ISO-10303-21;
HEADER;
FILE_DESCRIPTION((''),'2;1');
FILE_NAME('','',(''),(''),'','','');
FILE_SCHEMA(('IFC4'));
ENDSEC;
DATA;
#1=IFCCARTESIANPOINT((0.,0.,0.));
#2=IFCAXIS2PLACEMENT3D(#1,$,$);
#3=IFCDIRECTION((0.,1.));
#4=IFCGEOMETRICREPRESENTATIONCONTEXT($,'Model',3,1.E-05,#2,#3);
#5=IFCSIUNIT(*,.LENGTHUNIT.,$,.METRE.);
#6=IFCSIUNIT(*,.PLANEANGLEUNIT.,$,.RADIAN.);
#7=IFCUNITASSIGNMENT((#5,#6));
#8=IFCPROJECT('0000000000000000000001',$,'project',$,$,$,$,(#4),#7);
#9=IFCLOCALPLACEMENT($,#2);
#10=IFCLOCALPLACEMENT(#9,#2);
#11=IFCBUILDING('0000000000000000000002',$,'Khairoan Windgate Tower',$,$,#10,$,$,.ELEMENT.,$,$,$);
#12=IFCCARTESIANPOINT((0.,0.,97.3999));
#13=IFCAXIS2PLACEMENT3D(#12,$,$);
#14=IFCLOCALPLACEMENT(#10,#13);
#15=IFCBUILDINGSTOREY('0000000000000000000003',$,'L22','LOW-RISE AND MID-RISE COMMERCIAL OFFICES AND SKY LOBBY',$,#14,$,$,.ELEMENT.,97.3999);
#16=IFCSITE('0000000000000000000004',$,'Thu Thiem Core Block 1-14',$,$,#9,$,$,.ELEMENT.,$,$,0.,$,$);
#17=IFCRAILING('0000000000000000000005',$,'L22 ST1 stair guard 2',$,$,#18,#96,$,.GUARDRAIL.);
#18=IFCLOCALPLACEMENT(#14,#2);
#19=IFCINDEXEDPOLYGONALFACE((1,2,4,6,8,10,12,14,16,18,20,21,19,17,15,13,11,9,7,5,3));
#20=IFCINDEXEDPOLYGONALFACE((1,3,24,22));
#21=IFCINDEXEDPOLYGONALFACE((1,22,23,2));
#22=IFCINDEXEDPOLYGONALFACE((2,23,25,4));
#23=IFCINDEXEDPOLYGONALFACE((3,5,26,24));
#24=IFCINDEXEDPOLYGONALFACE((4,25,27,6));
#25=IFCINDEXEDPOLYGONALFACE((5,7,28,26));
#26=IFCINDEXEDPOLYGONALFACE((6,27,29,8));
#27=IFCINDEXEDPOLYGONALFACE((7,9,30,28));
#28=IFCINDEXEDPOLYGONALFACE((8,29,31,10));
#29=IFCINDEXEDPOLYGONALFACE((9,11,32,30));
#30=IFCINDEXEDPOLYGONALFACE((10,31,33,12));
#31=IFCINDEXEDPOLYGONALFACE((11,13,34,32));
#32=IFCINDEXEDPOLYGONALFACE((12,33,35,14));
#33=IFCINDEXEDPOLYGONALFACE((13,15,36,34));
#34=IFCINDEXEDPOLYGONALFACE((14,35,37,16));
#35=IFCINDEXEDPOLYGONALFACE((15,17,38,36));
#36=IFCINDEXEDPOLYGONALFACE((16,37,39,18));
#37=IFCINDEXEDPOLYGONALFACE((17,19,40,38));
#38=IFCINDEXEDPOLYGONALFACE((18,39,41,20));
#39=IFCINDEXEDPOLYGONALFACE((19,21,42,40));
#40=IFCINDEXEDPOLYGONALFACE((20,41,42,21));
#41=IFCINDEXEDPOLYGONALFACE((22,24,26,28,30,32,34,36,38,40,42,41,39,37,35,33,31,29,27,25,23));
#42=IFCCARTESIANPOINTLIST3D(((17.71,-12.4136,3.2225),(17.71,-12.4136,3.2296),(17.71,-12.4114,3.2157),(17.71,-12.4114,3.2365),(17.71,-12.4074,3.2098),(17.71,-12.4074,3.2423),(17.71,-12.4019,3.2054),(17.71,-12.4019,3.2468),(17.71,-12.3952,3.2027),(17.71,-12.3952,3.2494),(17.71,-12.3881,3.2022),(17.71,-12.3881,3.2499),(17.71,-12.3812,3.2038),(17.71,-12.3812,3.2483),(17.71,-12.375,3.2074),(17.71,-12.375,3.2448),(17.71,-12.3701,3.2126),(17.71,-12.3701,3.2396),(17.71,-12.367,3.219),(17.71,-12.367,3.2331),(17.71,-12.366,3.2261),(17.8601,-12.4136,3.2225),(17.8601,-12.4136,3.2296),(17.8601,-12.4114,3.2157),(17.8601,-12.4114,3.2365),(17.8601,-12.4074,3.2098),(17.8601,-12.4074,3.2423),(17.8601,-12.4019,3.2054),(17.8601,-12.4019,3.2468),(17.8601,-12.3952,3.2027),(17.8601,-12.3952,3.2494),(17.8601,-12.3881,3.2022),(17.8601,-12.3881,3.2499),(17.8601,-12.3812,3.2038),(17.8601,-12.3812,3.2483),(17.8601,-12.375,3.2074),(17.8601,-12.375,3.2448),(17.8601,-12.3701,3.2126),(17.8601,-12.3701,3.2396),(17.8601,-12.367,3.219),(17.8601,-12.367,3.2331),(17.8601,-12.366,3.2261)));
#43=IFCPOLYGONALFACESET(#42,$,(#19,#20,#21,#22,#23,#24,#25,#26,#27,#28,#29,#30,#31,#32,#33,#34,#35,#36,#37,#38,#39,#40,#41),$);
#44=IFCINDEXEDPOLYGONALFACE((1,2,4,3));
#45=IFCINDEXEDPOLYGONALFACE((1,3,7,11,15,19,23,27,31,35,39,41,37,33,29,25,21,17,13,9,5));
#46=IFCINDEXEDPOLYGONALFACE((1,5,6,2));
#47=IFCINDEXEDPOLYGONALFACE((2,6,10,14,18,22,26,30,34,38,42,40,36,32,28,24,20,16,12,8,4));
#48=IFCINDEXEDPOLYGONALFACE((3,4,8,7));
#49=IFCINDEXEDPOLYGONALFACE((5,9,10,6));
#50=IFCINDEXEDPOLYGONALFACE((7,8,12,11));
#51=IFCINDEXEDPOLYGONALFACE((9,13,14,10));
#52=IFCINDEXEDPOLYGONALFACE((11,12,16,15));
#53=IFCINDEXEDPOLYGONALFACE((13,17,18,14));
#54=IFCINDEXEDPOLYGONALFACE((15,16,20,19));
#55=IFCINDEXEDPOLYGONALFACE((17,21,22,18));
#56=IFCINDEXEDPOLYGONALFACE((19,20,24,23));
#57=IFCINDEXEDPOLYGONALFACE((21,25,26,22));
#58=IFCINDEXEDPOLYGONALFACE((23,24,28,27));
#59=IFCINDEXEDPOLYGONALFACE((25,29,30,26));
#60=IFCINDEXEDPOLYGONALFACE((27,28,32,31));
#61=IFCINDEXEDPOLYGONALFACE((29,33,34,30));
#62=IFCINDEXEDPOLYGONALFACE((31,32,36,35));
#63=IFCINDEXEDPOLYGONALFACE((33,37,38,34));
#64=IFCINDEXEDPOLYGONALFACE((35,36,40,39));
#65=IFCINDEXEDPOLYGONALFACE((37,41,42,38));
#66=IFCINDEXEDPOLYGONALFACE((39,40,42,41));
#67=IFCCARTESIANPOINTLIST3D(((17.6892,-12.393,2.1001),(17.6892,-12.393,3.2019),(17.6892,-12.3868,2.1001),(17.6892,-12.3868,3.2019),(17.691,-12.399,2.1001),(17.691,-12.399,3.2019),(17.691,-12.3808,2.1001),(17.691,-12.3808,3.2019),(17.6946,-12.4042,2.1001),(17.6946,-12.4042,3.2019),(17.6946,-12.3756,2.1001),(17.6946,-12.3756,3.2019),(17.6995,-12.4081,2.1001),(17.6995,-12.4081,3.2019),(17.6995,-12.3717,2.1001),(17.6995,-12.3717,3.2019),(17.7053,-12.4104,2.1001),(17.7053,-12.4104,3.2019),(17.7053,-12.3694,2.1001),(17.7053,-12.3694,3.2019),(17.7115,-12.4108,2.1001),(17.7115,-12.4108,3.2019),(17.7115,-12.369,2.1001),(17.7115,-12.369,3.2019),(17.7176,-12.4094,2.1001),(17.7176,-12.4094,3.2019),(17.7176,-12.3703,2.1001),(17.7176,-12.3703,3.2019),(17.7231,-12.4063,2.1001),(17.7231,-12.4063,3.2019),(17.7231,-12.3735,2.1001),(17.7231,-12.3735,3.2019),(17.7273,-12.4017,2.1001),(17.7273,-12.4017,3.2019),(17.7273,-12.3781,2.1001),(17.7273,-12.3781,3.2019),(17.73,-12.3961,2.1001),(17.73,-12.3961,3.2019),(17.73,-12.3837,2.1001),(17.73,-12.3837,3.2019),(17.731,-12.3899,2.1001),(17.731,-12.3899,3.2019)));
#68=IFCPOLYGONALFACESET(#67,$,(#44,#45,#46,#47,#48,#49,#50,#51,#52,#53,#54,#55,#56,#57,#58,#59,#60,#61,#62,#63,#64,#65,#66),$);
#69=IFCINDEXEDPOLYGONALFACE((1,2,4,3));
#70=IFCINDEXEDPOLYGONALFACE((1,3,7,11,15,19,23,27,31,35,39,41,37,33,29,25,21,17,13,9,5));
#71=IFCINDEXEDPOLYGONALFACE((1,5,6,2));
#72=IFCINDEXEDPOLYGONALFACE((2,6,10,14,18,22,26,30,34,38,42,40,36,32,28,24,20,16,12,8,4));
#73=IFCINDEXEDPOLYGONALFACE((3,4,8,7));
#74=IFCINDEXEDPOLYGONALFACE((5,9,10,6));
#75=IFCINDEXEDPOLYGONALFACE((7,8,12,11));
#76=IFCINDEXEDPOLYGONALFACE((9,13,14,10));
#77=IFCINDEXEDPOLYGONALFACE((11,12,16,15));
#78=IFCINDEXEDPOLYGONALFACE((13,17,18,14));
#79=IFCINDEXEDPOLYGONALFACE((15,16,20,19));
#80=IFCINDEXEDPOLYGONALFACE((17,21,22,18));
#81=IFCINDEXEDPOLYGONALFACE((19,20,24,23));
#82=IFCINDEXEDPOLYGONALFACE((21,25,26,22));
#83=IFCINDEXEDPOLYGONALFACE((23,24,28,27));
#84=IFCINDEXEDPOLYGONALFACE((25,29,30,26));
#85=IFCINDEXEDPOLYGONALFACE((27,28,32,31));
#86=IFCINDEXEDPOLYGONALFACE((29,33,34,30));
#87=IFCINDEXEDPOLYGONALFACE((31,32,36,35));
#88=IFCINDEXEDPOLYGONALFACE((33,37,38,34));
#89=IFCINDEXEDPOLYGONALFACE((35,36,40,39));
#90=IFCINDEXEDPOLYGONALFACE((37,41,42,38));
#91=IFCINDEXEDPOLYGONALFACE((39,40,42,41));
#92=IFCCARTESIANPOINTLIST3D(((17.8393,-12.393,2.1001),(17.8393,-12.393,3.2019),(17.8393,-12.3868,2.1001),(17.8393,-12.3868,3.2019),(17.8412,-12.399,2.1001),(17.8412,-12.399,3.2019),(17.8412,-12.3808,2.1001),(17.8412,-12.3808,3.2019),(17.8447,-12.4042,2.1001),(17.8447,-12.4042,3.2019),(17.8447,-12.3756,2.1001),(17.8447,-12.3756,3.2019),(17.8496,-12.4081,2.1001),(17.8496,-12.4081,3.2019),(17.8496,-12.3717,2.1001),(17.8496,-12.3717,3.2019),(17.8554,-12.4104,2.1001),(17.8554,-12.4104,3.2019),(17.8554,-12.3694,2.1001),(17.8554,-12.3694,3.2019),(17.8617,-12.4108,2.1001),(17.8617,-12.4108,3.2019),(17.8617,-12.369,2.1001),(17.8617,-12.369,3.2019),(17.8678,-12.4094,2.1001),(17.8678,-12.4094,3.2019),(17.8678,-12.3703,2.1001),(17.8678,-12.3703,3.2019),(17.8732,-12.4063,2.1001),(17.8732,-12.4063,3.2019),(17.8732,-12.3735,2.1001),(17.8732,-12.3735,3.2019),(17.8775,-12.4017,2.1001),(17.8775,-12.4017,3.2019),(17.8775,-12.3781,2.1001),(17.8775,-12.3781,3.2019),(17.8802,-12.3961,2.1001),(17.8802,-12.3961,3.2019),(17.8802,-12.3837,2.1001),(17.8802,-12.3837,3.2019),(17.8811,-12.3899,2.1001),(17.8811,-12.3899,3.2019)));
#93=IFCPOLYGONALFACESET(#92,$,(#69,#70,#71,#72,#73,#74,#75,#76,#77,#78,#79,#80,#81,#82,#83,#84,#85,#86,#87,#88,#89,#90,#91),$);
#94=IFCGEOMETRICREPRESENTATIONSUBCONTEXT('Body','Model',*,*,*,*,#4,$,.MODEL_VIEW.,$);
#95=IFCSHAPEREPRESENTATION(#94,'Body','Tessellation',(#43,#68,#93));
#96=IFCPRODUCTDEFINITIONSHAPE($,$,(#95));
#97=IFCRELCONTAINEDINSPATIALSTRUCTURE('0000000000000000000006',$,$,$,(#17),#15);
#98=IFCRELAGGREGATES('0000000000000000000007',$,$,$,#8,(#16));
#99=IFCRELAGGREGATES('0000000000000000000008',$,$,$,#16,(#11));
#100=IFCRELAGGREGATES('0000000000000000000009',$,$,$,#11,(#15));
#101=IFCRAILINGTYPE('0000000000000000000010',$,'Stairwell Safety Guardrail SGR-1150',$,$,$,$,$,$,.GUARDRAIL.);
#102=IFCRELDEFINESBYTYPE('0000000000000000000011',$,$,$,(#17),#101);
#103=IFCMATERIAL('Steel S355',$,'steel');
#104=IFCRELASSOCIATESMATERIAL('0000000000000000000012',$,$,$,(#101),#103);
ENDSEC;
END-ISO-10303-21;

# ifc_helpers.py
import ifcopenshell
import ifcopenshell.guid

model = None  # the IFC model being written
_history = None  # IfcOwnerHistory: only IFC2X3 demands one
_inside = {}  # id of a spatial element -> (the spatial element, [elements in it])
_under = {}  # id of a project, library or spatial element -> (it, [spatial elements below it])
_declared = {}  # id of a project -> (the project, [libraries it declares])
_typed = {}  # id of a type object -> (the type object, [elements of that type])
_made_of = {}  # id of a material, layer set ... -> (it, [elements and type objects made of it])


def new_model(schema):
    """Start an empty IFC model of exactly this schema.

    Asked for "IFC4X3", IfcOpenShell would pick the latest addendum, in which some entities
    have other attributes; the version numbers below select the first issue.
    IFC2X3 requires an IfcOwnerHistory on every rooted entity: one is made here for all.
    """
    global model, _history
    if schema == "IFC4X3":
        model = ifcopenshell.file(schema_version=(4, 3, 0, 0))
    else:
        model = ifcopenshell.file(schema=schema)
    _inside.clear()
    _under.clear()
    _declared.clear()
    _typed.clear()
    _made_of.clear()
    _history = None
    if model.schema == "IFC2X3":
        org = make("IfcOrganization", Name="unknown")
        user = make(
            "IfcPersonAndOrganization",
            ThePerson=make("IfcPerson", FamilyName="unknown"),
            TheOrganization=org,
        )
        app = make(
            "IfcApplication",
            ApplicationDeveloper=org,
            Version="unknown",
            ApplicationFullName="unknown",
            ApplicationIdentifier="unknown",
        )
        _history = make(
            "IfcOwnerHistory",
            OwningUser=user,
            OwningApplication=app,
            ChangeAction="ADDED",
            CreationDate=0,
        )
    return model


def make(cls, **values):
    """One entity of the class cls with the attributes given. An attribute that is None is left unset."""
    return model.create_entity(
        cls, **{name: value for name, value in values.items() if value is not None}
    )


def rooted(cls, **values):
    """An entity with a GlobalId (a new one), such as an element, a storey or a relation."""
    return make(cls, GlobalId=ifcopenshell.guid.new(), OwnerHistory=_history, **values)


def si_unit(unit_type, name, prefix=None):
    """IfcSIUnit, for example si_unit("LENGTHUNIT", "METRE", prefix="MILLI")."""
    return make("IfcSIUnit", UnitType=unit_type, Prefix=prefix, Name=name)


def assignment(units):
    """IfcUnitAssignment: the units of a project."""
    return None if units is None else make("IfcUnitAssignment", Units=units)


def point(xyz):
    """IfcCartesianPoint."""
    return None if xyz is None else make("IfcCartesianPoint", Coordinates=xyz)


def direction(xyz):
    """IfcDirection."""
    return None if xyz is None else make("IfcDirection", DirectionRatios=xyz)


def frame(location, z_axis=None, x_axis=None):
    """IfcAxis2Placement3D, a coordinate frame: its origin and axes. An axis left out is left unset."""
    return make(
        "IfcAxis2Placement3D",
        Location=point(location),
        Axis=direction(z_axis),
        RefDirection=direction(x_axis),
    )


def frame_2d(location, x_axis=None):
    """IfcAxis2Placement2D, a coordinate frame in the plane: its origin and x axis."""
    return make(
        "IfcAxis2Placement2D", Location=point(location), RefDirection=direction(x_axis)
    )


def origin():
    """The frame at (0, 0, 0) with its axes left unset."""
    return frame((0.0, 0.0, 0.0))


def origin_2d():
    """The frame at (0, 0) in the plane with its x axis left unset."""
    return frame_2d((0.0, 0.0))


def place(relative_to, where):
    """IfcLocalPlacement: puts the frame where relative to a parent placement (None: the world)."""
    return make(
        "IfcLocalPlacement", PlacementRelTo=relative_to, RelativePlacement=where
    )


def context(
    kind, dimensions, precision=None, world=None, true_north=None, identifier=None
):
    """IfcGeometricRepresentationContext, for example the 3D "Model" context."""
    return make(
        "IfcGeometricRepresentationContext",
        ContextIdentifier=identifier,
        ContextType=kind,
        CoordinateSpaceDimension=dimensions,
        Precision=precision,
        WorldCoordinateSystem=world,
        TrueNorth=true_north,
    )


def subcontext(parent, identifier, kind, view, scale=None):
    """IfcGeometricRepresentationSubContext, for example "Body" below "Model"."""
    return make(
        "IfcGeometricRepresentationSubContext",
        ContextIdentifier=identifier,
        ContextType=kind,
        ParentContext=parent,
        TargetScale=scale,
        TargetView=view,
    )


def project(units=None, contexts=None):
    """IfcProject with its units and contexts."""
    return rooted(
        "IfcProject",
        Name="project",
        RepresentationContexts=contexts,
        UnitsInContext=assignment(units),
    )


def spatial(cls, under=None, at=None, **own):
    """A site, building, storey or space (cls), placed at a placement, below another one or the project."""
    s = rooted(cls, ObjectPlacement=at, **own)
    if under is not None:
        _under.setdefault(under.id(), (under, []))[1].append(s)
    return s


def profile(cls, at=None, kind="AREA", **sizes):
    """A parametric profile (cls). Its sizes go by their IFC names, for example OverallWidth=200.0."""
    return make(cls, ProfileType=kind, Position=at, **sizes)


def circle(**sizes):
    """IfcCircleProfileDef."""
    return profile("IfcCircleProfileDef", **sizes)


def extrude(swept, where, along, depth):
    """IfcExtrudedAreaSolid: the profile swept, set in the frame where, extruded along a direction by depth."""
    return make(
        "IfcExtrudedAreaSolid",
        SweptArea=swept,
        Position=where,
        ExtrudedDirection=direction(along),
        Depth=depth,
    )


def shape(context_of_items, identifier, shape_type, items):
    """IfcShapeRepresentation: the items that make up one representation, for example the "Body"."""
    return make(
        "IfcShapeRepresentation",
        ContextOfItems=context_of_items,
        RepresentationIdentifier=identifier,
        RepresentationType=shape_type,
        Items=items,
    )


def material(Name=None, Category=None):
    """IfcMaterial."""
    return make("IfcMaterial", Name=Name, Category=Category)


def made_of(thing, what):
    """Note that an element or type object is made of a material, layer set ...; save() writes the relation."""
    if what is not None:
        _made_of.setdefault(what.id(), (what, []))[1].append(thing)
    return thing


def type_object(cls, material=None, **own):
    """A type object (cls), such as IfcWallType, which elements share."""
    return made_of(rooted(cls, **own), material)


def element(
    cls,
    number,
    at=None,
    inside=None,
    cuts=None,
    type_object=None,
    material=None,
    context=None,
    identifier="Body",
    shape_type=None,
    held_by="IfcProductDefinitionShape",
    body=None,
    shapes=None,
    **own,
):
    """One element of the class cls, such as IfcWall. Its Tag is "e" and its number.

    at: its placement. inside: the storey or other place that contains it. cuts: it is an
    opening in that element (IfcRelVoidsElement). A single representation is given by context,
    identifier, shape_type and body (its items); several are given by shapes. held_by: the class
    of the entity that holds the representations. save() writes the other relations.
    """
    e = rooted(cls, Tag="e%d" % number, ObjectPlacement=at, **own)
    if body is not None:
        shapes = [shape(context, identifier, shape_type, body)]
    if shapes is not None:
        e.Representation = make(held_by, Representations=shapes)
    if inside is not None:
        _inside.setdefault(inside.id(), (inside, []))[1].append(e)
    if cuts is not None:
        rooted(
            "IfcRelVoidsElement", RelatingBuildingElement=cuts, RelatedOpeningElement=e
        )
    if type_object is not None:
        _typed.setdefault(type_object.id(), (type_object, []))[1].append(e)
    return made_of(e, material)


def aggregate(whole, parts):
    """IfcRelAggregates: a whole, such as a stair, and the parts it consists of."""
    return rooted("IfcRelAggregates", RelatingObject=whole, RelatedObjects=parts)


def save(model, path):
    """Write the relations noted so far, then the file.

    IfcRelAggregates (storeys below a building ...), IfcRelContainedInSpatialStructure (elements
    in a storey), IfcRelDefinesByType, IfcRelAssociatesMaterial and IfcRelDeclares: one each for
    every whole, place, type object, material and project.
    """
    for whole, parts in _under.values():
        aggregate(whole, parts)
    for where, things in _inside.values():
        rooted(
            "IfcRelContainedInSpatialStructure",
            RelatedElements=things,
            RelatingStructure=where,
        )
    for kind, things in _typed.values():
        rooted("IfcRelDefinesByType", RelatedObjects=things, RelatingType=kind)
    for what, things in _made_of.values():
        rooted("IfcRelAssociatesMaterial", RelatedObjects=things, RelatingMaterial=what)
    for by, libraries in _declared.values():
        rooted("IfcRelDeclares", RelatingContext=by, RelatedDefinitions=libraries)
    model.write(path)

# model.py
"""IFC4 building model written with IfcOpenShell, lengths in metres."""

from ifc_helpers import new_model, si_unit, direction, frame, origin, origin_2d, place, context, subcontext, project, spatial, circle, extrude, material, type_object, element, save


model = new_model("IFC4")

# Units and contexts
model_context = context("Model", 3, precision=1e-05, world=origin(), true_north=direction((0.0, 1.0)))
body_context = subcontext(model_context, "Body", "Model", "MODEL_VIEW")
ifc_project = project(units=[si_unit("LENGTHUNIT", "METRE"), si_unit("PLANEANGLEUNIT", "RADIAN")], contexts=[model_context])

# Site, building, storey
site_placement = place(None, origin())
site = spatial("IfcSite", under=ifc_project, at=site_placement, Name="Thu Thiem Core Block 1-14", CompositionType="ELEMENT", RefElevation=0.0)
building_placement = place(site_placement, origin())
building = spatial("IfcBuilding", under=site, at=building_placement, Name="Khairoan Windgate Tower", CompositionType="ELEMENT")
storey_placement = place(building_placement, frame((0.0, 0.0, 97.3999)))
storey = spatial("IfcBuildingStorey", under=building, at=storey_placement, Name="L22", Description="LOW-RISE AND MID-RISE COMMERCIAL OFFICES AND SKY LOBBY", CompositionType="ELEMENT", Elevation=97.3999)

# Railing
ifc_material_1 = material(Name="Steel S355", Category="steel")
railing_type_1 = type_object("IfcRailingType", Name="Stairwell Safety Guardrail SGR-1150", PredefinedType="GUARDRAIL", material=ifc_material_1)
railing_1_placement = place(storey_placement, frame((17.71, -12.3899, 2.1001)))
element("IfcRailing", 1, at=railing_1_placement, inside=storey, type_object=railing_type_1, Name="L22 ST1 stair guard 2", PredefinedType="GUARDRAIL", context=body_context, shape_type="SweptSolid", body=[
    extrude(circle(Radius=0.0239, at=origin_2d()), frame((0.0, 0.0, 1.126), z_axis=(1.0, 0.0, 0.0), x_axis=(0.0, 1.0, 0.0)), (0.0, 0.0, 1.0), 0.1501),
    extrude(circle(Radius=0.021, at=origin_2d()), origin(), (0.0, 0.0, 1.0), 1.1018),
    extrude(circle(Radius=0.021, at=origin_2d()), frame((0.1501, 0.0, 0.0)), (0.0, 0.0, 1.0), 1.1018),
])

save(model, "model.ifc")
